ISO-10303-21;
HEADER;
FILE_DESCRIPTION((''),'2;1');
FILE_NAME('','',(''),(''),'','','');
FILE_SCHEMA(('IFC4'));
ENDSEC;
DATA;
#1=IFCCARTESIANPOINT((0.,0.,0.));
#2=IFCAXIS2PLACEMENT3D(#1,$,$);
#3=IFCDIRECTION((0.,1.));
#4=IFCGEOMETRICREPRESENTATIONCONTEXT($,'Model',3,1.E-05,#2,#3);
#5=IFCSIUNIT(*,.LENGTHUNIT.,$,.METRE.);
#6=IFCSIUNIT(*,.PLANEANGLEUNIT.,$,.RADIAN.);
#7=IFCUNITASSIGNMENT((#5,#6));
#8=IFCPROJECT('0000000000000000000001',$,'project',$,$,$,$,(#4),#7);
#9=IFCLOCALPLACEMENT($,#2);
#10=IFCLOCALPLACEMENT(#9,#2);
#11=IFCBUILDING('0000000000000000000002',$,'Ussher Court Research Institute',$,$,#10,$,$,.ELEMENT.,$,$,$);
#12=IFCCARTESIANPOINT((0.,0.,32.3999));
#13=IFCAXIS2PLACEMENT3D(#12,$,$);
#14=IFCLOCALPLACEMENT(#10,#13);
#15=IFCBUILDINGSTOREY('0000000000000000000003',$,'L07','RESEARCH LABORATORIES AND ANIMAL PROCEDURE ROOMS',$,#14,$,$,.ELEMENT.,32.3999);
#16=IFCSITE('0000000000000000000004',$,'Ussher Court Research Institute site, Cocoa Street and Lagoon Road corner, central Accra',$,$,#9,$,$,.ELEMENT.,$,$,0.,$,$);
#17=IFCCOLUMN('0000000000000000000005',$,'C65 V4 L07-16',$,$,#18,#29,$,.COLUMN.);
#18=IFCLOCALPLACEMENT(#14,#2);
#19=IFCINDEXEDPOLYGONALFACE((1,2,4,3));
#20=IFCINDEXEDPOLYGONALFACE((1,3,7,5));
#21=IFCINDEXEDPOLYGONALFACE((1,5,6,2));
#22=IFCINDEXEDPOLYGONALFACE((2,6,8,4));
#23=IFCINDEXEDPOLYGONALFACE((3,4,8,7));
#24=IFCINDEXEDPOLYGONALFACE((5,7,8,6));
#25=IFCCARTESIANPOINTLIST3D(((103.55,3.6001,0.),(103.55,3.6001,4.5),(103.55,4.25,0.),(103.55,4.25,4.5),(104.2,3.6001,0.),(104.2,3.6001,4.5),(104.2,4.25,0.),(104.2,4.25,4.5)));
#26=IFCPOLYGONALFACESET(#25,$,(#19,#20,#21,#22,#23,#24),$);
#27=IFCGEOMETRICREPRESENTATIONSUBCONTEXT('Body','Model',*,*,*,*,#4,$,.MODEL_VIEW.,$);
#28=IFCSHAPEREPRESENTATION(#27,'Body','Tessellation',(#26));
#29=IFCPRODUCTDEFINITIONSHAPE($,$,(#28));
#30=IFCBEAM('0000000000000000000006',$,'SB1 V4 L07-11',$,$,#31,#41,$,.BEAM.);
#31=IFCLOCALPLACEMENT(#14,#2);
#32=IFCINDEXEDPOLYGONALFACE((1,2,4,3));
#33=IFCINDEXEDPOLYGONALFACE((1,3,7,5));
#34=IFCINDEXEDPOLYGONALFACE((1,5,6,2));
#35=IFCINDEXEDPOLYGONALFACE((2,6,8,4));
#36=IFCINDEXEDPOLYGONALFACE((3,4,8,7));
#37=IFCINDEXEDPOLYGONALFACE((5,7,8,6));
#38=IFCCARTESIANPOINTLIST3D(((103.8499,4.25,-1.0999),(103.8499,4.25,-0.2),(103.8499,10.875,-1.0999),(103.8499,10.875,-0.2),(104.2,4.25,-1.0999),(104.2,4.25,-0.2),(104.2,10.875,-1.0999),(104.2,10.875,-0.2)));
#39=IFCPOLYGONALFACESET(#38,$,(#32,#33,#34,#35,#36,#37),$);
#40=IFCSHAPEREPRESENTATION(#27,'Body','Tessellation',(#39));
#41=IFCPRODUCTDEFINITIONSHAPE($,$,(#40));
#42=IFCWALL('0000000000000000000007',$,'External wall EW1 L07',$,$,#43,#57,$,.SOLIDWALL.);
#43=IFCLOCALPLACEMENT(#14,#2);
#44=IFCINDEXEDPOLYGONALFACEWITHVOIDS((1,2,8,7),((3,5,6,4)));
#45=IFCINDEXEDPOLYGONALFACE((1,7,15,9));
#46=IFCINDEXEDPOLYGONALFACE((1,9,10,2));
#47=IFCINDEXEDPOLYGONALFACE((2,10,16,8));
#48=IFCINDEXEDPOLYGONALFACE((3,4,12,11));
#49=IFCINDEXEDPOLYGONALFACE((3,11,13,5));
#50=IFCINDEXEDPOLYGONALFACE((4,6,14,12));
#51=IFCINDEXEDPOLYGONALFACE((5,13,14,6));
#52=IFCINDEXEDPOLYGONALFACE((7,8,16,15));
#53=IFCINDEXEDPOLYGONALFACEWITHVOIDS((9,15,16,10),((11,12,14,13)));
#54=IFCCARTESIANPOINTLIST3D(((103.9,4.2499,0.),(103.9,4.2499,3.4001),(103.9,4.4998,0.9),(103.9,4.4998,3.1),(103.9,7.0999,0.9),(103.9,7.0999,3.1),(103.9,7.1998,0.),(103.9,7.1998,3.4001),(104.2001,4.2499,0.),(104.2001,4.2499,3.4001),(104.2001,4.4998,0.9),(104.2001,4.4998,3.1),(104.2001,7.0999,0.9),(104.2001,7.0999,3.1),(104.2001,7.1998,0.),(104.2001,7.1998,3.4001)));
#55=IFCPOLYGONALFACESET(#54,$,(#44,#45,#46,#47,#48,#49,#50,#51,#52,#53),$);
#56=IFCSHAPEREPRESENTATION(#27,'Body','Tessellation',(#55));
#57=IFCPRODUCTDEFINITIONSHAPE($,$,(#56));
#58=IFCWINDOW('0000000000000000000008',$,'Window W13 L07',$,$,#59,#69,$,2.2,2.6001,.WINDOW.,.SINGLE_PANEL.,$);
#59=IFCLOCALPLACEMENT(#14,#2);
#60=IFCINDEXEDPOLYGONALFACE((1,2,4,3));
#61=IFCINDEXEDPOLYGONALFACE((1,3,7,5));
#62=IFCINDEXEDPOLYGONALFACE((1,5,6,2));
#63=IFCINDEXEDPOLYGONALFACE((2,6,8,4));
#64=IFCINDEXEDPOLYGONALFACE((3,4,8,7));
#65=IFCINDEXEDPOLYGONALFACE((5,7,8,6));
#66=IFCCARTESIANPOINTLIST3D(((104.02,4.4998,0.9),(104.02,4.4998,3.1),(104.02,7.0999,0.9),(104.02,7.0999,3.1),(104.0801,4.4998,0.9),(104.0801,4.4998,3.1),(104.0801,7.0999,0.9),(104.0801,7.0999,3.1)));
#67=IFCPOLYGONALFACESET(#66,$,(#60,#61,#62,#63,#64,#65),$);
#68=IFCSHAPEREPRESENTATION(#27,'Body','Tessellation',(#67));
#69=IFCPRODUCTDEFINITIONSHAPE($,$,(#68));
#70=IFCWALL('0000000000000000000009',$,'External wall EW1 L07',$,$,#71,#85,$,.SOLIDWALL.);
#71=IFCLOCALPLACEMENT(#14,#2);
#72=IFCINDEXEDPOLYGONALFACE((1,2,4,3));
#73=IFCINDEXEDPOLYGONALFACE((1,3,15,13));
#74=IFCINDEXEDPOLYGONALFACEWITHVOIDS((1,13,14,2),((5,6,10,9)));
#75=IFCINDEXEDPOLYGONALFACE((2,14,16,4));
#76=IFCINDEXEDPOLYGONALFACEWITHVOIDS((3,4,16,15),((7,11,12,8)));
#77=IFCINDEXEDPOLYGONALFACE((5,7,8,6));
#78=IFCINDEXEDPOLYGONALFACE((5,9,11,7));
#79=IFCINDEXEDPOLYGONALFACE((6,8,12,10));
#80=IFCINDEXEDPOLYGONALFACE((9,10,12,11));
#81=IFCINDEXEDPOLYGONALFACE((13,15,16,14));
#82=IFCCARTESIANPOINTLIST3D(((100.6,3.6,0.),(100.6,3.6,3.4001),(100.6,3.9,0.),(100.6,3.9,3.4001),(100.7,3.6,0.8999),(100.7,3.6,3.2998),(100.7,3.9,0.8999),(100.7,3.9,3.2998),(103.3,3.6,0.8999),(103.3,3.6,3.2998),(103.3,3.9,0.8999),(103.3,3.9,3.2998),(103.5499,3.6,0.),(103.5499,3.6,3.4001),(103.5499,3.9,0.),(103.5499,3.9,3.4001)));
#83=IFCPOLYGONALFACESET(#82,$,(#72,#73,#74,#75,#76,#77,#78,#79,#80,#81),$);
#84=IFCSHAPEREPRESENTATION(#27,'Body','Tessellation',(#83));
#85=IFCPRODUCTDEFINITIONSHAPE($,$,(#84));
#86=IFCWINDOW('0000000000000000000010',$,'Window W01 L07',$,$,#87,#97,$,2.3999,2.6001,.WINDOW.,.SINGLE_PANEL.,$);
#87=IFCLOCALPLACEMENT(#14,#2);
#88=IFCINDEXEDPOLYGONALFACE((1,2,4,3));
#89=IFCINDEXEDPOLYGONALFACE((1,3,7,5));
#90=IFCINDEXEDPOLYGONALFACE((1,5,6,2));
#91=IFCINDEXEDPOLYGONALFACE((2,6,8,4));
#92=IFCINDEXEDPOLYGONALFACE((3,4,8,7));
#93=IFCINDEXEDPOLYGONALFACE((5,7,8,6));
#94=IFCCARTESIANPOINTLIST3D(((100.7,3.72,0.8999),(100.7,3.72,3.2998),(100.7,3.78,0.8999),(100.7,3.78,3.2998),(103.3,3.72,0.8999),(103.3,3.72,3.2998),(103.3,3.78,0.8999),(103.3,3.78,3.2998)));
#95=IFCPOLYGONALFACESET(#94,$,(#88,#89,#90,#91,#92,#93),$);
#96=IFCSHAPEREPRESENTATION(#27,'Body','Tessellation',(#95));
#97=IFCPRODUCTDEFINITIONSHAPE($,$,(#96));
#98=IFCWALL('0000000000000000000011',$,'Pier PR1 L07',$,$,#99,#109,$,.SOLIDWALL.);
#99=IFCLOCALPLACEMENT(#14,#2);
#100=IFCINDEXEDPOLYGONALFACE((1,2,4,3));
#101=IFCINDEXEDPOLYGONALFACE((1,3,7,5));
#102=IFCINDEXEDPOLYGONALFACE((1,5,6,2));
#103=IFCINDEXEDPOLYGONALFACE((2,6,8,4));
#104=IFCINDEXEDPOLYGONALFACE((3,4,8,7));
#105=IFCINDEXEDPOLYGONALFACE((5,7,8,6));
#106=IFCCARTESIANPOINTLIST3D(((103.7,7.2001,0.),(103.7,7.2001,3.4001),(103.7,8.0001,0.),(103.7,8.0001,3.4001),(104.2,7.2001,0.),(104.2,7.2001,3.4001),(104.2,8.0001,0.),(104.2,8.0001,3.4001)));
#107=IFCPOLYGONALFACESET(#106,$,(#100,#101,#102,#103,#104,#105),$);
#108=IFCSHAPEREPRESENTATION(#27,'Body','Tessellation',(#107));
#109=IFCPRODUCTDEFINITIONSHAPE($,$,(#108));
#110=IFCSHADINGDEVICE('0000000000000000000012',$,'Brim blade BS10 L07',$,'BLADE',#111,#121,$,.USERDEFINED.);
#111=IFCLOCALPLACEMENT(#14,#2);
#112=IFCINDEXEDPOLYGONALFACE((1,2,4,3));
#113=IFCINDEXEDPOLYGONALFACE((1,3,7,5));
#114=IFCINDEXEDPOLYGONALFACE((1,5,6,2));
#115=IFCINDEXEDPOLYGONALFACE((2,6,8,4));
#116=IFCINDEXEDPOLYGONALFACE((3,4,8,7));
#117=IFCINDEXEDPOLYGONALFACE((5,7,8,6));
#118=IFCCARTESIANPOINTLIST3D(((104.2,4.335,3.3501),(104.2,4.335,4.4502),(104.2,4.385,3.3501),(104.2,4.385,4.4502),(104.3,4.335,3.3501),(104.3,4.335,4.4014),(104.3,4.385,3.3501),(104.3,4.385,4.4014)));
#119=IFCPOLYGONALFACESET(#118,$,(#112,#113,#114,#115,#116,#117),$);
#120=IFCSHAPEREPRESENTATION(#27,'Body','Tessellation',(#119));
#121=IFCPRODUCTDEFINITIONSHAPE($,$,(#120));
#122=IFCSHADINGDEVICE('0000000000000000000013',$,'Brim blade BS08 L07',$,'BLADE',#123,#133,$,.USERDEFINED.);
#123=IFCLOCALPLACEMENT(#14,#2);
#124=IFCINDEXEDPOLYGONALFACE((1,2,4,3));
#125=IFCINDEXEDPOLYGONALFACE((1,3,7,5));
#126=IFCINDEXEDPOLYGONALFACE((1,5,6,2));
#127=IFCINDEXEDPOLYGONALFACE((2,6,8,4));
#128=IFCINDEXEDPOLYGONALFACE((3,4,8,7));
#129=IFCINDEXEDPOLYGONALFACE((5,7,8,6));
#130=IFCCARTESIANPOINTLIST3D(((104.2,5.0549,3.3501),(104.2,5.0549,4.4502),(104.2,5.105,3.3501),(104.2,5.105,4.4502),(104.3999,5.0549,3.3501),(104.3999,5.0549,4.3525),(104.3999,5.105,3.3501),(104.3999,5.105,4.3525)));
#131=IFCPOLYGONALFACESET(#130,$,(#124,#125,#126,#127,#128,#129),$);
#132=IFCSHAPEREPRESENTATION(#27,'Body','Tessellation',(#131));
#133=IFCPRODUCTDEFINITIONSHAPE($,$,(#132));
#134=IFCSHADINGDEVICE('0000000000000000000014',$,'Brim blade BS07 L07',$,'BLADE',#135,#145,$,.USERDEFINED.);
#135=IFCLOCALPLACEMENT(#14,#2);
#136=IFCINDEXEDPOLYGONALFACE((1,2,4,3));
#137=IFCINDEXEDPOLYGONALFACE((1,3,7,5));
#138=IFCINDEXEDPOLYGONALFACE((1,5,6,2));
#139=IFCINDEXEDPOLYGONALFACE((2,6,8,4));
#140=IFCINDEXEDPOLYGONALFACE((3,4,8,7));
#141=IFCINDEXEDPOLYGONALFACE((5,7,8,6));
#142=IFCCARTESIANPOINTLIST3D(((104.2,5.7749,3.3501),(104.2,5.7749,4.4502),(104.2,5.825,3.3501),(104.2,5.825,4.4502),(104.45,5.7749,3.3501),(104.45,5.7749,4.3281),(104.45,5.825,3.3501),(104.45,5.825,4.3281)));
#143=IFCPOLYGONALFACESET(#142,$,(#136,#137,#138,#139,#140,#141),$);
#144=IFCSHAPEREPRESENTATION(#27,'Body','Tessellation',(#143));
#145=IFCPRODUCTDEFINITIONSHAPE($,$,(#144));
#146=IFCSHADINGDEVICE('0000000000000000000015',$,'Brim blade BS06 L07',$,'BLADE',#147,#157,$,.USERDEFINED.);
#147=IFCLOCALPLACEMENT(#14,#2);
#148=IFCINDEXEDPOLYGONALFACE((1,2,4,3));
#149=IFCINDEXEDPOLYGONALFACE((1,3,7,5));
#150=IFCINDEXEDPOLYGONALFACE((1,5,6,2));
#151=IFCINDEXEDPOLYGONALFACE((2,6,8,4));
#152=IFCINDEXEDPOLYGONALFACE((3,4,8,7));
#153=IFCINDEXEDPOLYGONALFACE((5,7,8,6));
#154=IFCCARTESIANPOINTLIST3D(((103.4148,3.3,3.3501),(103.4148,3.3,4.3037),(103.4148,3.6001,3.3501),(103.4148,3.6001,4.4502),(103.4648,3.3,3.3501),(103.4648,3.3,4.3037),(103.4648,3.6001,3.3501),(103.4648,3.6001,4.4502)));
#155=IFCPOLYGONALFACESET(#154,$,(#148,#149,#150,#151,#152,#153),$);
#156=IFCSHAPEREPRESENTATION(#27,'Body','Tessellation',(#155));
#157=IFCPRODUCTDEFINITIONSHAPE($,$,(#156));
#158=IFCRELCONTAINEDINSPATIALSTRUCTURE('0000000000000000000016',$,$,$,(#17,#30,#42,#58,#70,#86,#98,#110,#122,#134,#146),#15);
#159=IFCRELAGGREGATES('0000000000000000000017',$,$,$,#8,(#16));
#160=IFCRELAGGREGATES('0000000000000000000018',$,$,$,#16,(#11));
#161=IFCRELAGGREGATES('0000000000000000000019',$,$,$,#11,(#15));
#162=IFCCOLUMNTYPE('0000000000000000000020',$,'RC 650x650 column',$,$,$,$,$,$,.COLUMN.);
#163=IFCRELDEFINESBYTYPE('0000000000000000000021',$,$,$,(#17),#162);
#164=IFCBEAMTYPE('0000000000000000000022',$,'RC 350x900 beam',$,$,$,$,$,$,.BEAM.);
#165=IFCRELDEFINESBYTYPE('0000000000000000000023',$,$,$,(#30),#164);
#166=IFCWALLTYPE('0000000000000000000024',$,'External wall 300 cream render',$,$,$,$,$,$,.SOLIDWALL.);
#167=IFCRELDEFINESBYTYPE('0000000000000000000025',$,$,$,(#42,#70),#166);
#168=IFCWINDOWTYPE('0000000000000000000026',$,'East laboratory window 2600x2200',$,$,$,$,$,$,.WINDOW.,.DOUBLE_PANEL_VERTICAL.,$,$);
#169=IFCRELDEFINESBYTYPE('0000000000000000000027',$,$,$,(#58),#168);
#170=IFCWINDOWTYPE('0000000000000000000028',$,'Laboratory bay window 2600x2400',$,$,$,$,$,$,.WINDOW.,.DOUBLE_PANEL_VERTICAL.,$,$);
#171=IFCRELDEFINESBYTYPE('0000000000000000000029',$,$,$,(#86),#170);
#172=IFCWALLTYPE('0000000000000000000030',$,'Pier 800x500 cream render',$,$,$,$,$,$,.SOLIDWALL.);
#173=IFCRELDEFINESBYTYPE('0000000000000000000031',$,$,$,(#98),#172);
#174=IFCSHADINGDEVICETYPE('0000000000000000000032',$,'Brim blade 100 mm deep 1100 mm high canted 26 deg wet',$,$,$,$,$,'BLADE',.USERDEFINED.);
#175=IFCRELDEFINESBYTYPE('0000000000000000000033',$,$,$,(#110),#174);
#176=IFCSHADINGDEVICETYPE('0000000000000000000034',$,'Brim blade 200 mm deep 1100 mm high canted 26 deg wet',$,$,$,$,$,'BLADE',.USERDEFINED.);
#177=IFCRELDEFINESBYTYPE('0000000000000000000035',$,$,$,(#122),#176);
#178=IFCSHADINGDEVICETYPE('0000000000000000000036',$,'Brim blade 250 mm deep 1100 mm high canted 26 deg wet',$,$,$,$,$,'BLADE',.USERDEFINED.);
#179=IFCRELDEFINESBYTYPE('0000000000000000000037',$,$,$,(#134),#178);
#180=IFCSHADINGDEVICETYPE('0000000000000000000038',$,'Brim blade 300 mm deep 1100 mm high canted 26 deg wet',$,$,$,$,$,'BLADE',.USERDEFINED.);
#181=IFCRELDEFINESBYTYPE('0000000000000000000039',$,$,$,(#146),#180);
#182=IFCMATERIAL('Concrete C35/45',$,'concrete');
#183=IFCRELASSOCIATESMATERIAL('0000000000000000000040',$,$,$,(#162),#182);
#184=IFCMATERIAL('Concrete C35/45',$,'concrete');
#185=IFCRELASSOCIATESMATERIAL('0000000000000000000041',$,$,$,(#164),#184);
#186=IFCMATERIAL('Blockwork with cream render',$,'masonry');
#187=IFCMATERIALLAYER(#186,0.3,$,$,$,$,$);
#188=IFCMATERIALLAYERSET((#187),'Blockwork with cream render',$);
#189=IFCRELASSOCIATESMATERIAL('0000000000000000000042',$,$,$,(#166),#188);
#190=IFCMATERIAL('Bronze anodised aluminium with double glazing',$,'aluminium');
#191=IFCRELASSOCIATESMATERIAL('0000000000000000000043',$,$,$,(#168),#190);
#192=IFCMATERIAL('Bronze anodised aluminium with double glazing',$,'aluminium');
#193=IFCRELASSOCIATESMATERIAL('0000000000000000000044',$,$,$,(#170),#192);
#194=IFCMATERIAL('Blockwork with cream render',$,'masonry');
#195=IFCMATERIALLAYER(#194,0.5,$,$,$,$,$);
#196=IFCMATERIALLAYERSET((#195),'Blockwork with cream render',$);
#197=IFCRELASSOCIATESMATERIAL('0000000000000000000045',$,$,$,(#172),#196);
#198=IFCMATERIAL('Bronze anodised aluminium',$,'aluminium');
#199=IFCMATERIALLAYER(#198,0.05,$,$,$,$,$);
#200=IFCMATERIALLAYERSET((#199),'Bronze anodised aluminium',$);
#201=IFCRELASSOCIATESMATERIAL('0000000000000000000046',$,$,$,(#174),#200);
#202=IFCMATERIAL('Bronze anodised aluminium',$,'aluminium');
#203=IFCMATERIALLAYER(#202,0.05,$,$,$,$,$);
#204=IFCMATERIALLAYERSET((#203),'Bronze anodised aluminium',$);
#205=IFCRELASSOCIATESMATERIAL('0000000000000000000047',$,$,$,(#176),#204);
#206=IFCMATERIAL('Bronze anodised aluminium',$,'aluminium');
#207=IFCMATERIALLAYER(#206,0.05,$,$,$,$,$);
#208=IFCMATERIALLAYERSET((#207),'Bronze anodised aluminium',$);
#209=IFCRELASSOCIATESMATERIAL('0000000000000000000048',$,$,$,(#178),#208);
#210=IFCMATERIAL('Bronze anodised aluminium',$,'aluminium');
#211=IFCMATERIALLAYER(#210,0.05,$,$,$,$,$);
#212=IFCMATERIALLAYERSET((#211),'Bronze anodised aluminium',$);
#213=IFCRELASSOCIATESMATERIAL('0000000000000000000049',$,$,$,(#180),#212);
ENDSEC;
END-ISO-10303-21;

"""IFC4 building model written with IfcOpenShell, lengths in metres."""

from ifc_helpers import new_model, si_unit, direction, frame, frame_2d, origin, origin_2d, place, context, subcontext, project, spatial, polyline, rectangle, outline, extrude, material, layer, layer_set, material_profile, profile_set, type_object, element, fill, save


model = new_model("IFC4")

# Units and contexts
model_context = context("Model", 3, precision=1e-05, world=origin(), true_north=direction((0.0, 1.0)))
body_context = subcontext(model_context, "Body", "Model", "MODEL_VIEW")
ifc_project = project(units=[si_unit("LENGTHUNIT", "METRE"), si_unit("PLANEANGLEUNIT", "RADIAN")], contexts=[model_context])

# Site, building, storey
site_placement = place(None, origin())
site = spatial("IfcSite", under=ifc_project, at=site_placement, Name="Ussher Court Research Institute site, Cocoa Street and Lagoon Road corner, central Accra", CompositionType="ELEMENT", RefElevation=0.0)
building_placement = place(site_placement, origin())
building = spatial("IfcBuilding", under=site, at=building_placement, Name="Ussher Court Research Institute", CompositionType="ELEMENT")
storey_placement = place(building_placement, frame((0.0, 0.0, 32.3999)))
storey = spatial("IfcBuildingStorey", under=building, at=storey_placement, Name="L07", Description="RESEARCH LABORATORIES AND ANIMAL PROCEDURE ROOMS", CompositionType="ELEMENT", Elevation=32.3999)

# Column
ifc_material_1 = material(Name="Concrete C35/45", Category="concrete")
ifc_material_profile_1 = material_profile(ifc_material_1, rectangle(XDim=0.6499, YDim=0.6499, at=origin_2d()), Name="RC 650x650")
ifc_profile_set_1 = profile_set([ifc_material_profile_1], Name="Concrete C35/45")
column_type = type_object("IfcColumnType", Name="RC 650x650 column", PredefinedType="COLUMN", material=ifc_profile_set_1)
column_placement = place(storey_placement, frame((103.875, 3.925, 0.0), z_axis=(0.0, 0.0, 1.0), x_axis=(1.0, 0.0, 0.0)))
element("IfcColumn", 1, at=column_placement, inside=storey, type_object=column_type, Name="C65 V4 L07-16", PredefinedType="COLUMN", context=body_context, shape_type="SweptSolid", body=[
    extrude(rectangle(XDim=0.6499, YDim=0.6499, at=origin_2d()), origin(), (0.0, 0.0, 1.0), 4.5),
])

# Beam
ifc_material_2 = material(Name="Concrete C35/45", Category="concrete")
ifc_material_profile_2 = material_profile(ifc_material_2, rectangle(XDim=0.3501, YDim=0.8999, at=origin_2d()), Name="RC 350x900")
ifc_profile_set_2 = profile_set([ifc_material_profile_2], Name="Concrete C35/45")
beam_type = type_object("IfcBeamType", Name="RC 350x900 beam", PredefinedType="BEAM", material=ifc_profile_set_2)
beam_placement = place(storey_placement, frame((104.0249, 4.25, -0.6499), z_axis=(0.0, 1.0, 0.0), x_axis=(-1.0, 0.0, 0.0)))
element("IfcBeam", 2, at=beam_placement, inside=storey, type_object=beam_type, Name="SB1 V4 L07-11", PredefinedType="BEAM", context=body_context, shape_type="SweptSolid", body=[
    extrude(rectangle(XDim=0.3501, YDim=0.8999, at=origin_2d()), origin(), (0.0, 0.0, 1.0), 6.625),
])

# Walls, openings, windows
ifc_material_3 = material(Name="Blockwork with cream render", Category="masonry")
ifc_layer_1 = layer(ifc_material_3, 0.3)
ifc_layer_set_1 = layer_set([ifc_layer_1], Name="Blockwork with cream render")
wall_type_1 = type_object("IfcWallType", Name="External wall 300 cream render", PredefinedType="SOLIDWALL", material=ifc_layer_set_1)
wall_1_placement = place(storey_placement, frame((104.05, 7.2, 0.0), z_axis=(0.0, 0.0, 1.0), x_axis=(0.0, -1.0, 0.0)))
wall_1 = element("IfcWall", 3, at=wall_1_placement, inside=storey, type_object=wall_type_1, Name="External wall EW1 L07", PredefinedType="SOLIDWALL", context=body_context, shape_type="SweptSolid", body=[
    extrude(rectangle(XDim=2.95, YDim=0.3, at=frame_2d((1.4751, 0.0))), origin(), (0.0, 0.0, 1.0), 3.4001),
])
opening_1_placement = place(wall_1_placement, frame((0.1001, 0.0, 0.8999)))
opening_1 = element("IfcOpeningElement", 4, at=opening_1_placement, cuts=wall_1, PredefinedType="OPENING", context=body_context, shape_type="SweptSolid", body=[
    extrude(rectangle(XDim=2.6001, YDim=2.2, at=frame_2d((1.3, 1.1001))), frame((0.0, 0.1602, 0.0), z_axis=(0.0, -1.0, 0.0), x_axis=(1.0, 0.0, 0.0)), (0.0, 0.0, 1.0), 0.3201),
])
ifc_material_4 = material(Name="Bronze anodised aluminium with double glazing", Category="aluminium")
window_type_1 = type_object("IfcWindowType", Name="East laboratory window 2600x2200", PartitioningType="DOUBLE_PANEL_VERTICAL", PredefinedType="WINDOW", material=ifc_material_4)
window_1_placement = place(opening_1_placement, origin())
window_1 = element("IfcWindow", 5, at=window_1_placement, inside=storey, type_object=window_type_1, Name="Window W13 L07", OverallHeight=2.2, OverallWidth=2.6001, PartitioningType="SINGLE_PANEL", PredefinedType="WINDOW", context=body_context, shape_type="SweptSolid", body=[
    extrude(rectangle(XDim=2.6001, YDim=2.2, at=frame_2d((1.3, 1.1001))), frame((0.0, 0.03, 0.0), z_axis=(0.0, -1.0, 0.0), x_axis=(1.0, 0.0, 0.0)), (0.0, 0.0, 1.0), 0.0601),
])
fill(opening_1, window_1)
wall_2_placement = place(storey_placement, frame((103.55, 3.75, 0.0), z_axis=(0.0, 0.0, 1.0), x_axis=(-1.0, 0.0, 0.0)))
wall_2 = element("IfcWall", 6, at=wall_2_placement, inside=storey, type_object=wall_type_1, Name="External wall EW1 L07", PredefinedType="SOLIDWALL", context=body_context, shape_type="SweptSolid", body=[
    extrude(rectangle(XDim=2.95, YDim=0.3, at=frame_2d((1.4751, 0.0))), origin(), (0.0, 0.0, 1.0), 3.4001),
])
opening_2_placement = place(wall_2_placement, frame((0.25, 0.0, 0.8999)))
opening_2 = element("IfcOpeningElement", 7, at=opening_2_placement, cuts=wall_2, PredefinedType="OPENING", context=body_context, shape_type="SweptSolid", body=[
    extrude(rectangle(XDim=2.6001, YDim=2.3999, at=frame_2d((1.3, 1.2))), frame((0.0, 0.1602, 0.0), z_axis=(0.0, -1.0, 0.0), x_axis=(1.0, 0.0, 0.0)), (0.0, 0.0, 1.0), 0.3201),
])
ifc_material_5 = material(Name="Bronze anodised aluminium with double glazing", Category="aluminium")
window_type_2 = type_object("IfcWindowType", Name="Laboratory bay window 2600x2400", PartitioningType="DOUBLE_PANEL_VERTICAL", PredefinedType="WINDOW", material=ifc_material_5)
window_2_placement = place(opening_2_placement, origin())
window_2 = element("IfcWindow", 8, at=window_2_placement, inside=storey, type_object=window_type_2, Name="Window W01 L07", OverallHeight=2.3999, OverallWidth=2.6001, PartitioningType="SINGLE_PANEL", PredefinedType="WINDOW", context=body_context, shape_type="SweptSolid", body=[
    extrude(rectangle(XDim=2.6001, YDim=2.3999, at=frame_2d((1.3, 1.2))), frame((0.0, 0.03, 0.0), z_axis=(0.0, -1.0, 0.0), x_axis=(1.0, 0.0, 0.0)), (0.0, 0.0, 1.0), 0.0601),
])
fill(opening_2, window_2)

# Wall
ifc_material_6 = material(Name="Blockwork with cream render", Category="masonry")
ifc_layer_2 = layer(ifc_material_6, 0.5)
ifc_layer_set_2 = layer_set([ifc_layer_2], Name="Blockwork with cream render")
wall_type_2 = type_object("IfcWallType", Name="Pier 800x500 cream render", PredefinedType="SOLIDWALL", material=ifc_layer_set_2)
wall_3_placement = place(storey_placement, frame((103.95, 8.0, 0.0), z_axis=(0.0, 0.0, 1.0), x_axis=(0.0, -1.0, 0.0)))
element("IfcWall", 9, at=wall_3_placement, inside=storey, type_object=wall_type_2, Name="Pier PR1 L07", PredefinedType="SOLIDWALL", context=body_context, shape_type="SweptSolid", body=[
    extrude(rectangle(XDim=0.8, YDim=0.5, at=frame_2d((0.3999, 0.0))), origin(), (0.0, 0.0, 1.0), 3.4001),
])

# Shading devices
ifc_material_7 = material(Name="Bronze anodised aluminium", Category="aluminium")
ifc_layer_3 = layer(ifc_material_7, 0.05)
ifc_layer_set_3 = layer_set([ifc_layer_3], Name="Bronze anodised aluminium")
shading_device_type_1 = type_object("IfcShadingDeviceType", Name="Brim blade 100 mm deep 1100 mm high canted 26 deg wet", ElementType="BLADE", PredefinedType="USERDEFINED", material=ifc_layer_set_3)
shading_device_1_placement = place(storey_placement, frame((104.2, 4.3601, 3.3501), z_axis=(0.0, 0.0, 1.0), x_axis=(1.0, 0.0, 0.0)))
element("IfcShadingDevice", 10, at=shading_device_1_placement, inside=storey, type_object=shading_device_type_1, Name="Brim blade BS10 L07", ObjectType="BLADE", PredefinedType="USERDEFINED", context=body_context, shape_type="SweptSolid", body=[
    extrude(outline(polyline([(0.0, 0.0), (0.1001, 0.0), (0.1001, 1.0513), (0.0, 1.1001), (0.0, 0.0)])), frame((0.0, 0.0249, 0.0), z_axis=(0.0, -1.0, 0.0), x_axis=(1.0, 0.0, 0.0)), (0.0, 0.0, 1.0), 0.05),
])
ifc_material_8 = material(Name="Bronze anodised aluminium", Category="aluminium")
ifc_layer_4 = layer(ifc_material_8, 0.05)
ifc_layer_set_4 = layer_set([ifc_layer_4], Name="Bronze anodised aluminium")
shading_device_type_2 = type_object("IfcShadingDeviceType", Name="Brim blade 200 mm deep 1100 mm high canted 26 deg wet", ElementType="BLADE", PredefinedType="USERDEFINED", material=ifc_layer_set_4)
shading_device_2_placement = place(storey_placement, frame((104.2, 5.0801, 3.3501), z_axis=(0.0, 0.0, 1.0), x_axis=(1.0, 0.0, 0.0)))
element("IfcShadingDevice", 11, at=shading_device_2_placement, inside=storey, type_object=shading_device_type_2, Name="Brim blade BS08 L07", ObjectType="BLADE", PredefinedType="USERDEFINED", context=body_context, shape_type="SweptSolid", body=[
    extrude(outline(polyline([(0.0, 0.0), (0.2, 0.0), (0.2, 1.0024), (0.0, 1.1001), (0.0, 0.0)])), frame((0.0, 0.0249, 0.0), z_axis=(0.0, -1.0, 0.0), x_axis=(1.0, 0.0, 0.0)), (0.0, 0.0, 1.0), 0.05),
])
ifc_material_9 = material(Name="Bronze anodised aluminium", Category="aluminium")
ifc_layer_5 = layer(ifc_material_9, 0.05)
ifc_layer_set_5 = layer_set([ifc_layer_5], Name="Bronze anodised aluminium")
shading_device_type_3 = type_object("IfcShadingDeviceType", Name="Brim blade 250 mm deep 1100 mm high canted 26 deg wet", ElementType="BLADE", PredefinedType="USERDEFINED", material=ifc_layer_set_5)
shading_device_3_placement = place(storey_placement, frame((104.2, 5.8, 3.3501), z_axis=(0.0, 0.0, 1.0), x_axis=(1.0, 0.0, 0.0)))
element("IfcShadingDevice", 12, at=shading_device_3_placement, inside=storey, type_object=shading_device_type_3, Name="Brim blade BS07 L07", ObjectType="BLADE", PredefinedType="USERDEFINED", context=body_context, shape_type="SweptSolid", body=[
    extrude(outline(polyline([(0.0, 0.0), (0.25, 0.0), (0.25, 0.978), (0.0, 1.1001), (0.0, 0.0)])), frame((0.0, 0.0249, 0.0), z_axis=(0.0, -1.0, 0.0), x_axis=(1.0, 0.0, 0.0)), (0.0, 0.0, 1.0), 0.05),
])
ifc_material_10 = material(Name="Bronze anodised aluminium", Category="aluminium")
ifc_layer_6 = layer(ifc_material_10, 0.05)
ifc_layer_set_6 = layer_set([ifc_layer_6], Name="Bronze anodised aluminium")
shading_device_type_4 = type_object("IfcShadingDeviceType", Name="Brim blade 300 mm deep 1100 mm high canted 26 deg wet", ElementType="BLADE", PredefinedType="USERDEFINED", material=ifc_layer_set_6)
shading_device_4_placement = place(storey_placement, frame((103.4399, 3.6001, 3.3501), z_axis=(0.0, 0.0, 1.0), x_axis=(0.0, -1.0, 0.0)))
element("IfcShadingDevice", 13, at=shading_device_4_placement, inside=storey, type_object=shading_device_type_4, Name="Brim blade BS06 L07", ObjectType="BLADE", PredefinedType="USERDEFINED", context=body_context, shape_type="SweptSolid", body=[
    extrude(outline(polyline([(0.0, 0.0), (0.3, 0.0), (0.3, 0.9536), (0.0, 1.1001), (0.0, 0.0)])), frame((0.0, 0.0249, 0.0), z_axis=(0.0, -1.0, 0.0), x_axis=(1.0, 0.0, 0.0)), (0.0, 0.0, 1.0), 0.05),
])

save(model, "model.ifc")
